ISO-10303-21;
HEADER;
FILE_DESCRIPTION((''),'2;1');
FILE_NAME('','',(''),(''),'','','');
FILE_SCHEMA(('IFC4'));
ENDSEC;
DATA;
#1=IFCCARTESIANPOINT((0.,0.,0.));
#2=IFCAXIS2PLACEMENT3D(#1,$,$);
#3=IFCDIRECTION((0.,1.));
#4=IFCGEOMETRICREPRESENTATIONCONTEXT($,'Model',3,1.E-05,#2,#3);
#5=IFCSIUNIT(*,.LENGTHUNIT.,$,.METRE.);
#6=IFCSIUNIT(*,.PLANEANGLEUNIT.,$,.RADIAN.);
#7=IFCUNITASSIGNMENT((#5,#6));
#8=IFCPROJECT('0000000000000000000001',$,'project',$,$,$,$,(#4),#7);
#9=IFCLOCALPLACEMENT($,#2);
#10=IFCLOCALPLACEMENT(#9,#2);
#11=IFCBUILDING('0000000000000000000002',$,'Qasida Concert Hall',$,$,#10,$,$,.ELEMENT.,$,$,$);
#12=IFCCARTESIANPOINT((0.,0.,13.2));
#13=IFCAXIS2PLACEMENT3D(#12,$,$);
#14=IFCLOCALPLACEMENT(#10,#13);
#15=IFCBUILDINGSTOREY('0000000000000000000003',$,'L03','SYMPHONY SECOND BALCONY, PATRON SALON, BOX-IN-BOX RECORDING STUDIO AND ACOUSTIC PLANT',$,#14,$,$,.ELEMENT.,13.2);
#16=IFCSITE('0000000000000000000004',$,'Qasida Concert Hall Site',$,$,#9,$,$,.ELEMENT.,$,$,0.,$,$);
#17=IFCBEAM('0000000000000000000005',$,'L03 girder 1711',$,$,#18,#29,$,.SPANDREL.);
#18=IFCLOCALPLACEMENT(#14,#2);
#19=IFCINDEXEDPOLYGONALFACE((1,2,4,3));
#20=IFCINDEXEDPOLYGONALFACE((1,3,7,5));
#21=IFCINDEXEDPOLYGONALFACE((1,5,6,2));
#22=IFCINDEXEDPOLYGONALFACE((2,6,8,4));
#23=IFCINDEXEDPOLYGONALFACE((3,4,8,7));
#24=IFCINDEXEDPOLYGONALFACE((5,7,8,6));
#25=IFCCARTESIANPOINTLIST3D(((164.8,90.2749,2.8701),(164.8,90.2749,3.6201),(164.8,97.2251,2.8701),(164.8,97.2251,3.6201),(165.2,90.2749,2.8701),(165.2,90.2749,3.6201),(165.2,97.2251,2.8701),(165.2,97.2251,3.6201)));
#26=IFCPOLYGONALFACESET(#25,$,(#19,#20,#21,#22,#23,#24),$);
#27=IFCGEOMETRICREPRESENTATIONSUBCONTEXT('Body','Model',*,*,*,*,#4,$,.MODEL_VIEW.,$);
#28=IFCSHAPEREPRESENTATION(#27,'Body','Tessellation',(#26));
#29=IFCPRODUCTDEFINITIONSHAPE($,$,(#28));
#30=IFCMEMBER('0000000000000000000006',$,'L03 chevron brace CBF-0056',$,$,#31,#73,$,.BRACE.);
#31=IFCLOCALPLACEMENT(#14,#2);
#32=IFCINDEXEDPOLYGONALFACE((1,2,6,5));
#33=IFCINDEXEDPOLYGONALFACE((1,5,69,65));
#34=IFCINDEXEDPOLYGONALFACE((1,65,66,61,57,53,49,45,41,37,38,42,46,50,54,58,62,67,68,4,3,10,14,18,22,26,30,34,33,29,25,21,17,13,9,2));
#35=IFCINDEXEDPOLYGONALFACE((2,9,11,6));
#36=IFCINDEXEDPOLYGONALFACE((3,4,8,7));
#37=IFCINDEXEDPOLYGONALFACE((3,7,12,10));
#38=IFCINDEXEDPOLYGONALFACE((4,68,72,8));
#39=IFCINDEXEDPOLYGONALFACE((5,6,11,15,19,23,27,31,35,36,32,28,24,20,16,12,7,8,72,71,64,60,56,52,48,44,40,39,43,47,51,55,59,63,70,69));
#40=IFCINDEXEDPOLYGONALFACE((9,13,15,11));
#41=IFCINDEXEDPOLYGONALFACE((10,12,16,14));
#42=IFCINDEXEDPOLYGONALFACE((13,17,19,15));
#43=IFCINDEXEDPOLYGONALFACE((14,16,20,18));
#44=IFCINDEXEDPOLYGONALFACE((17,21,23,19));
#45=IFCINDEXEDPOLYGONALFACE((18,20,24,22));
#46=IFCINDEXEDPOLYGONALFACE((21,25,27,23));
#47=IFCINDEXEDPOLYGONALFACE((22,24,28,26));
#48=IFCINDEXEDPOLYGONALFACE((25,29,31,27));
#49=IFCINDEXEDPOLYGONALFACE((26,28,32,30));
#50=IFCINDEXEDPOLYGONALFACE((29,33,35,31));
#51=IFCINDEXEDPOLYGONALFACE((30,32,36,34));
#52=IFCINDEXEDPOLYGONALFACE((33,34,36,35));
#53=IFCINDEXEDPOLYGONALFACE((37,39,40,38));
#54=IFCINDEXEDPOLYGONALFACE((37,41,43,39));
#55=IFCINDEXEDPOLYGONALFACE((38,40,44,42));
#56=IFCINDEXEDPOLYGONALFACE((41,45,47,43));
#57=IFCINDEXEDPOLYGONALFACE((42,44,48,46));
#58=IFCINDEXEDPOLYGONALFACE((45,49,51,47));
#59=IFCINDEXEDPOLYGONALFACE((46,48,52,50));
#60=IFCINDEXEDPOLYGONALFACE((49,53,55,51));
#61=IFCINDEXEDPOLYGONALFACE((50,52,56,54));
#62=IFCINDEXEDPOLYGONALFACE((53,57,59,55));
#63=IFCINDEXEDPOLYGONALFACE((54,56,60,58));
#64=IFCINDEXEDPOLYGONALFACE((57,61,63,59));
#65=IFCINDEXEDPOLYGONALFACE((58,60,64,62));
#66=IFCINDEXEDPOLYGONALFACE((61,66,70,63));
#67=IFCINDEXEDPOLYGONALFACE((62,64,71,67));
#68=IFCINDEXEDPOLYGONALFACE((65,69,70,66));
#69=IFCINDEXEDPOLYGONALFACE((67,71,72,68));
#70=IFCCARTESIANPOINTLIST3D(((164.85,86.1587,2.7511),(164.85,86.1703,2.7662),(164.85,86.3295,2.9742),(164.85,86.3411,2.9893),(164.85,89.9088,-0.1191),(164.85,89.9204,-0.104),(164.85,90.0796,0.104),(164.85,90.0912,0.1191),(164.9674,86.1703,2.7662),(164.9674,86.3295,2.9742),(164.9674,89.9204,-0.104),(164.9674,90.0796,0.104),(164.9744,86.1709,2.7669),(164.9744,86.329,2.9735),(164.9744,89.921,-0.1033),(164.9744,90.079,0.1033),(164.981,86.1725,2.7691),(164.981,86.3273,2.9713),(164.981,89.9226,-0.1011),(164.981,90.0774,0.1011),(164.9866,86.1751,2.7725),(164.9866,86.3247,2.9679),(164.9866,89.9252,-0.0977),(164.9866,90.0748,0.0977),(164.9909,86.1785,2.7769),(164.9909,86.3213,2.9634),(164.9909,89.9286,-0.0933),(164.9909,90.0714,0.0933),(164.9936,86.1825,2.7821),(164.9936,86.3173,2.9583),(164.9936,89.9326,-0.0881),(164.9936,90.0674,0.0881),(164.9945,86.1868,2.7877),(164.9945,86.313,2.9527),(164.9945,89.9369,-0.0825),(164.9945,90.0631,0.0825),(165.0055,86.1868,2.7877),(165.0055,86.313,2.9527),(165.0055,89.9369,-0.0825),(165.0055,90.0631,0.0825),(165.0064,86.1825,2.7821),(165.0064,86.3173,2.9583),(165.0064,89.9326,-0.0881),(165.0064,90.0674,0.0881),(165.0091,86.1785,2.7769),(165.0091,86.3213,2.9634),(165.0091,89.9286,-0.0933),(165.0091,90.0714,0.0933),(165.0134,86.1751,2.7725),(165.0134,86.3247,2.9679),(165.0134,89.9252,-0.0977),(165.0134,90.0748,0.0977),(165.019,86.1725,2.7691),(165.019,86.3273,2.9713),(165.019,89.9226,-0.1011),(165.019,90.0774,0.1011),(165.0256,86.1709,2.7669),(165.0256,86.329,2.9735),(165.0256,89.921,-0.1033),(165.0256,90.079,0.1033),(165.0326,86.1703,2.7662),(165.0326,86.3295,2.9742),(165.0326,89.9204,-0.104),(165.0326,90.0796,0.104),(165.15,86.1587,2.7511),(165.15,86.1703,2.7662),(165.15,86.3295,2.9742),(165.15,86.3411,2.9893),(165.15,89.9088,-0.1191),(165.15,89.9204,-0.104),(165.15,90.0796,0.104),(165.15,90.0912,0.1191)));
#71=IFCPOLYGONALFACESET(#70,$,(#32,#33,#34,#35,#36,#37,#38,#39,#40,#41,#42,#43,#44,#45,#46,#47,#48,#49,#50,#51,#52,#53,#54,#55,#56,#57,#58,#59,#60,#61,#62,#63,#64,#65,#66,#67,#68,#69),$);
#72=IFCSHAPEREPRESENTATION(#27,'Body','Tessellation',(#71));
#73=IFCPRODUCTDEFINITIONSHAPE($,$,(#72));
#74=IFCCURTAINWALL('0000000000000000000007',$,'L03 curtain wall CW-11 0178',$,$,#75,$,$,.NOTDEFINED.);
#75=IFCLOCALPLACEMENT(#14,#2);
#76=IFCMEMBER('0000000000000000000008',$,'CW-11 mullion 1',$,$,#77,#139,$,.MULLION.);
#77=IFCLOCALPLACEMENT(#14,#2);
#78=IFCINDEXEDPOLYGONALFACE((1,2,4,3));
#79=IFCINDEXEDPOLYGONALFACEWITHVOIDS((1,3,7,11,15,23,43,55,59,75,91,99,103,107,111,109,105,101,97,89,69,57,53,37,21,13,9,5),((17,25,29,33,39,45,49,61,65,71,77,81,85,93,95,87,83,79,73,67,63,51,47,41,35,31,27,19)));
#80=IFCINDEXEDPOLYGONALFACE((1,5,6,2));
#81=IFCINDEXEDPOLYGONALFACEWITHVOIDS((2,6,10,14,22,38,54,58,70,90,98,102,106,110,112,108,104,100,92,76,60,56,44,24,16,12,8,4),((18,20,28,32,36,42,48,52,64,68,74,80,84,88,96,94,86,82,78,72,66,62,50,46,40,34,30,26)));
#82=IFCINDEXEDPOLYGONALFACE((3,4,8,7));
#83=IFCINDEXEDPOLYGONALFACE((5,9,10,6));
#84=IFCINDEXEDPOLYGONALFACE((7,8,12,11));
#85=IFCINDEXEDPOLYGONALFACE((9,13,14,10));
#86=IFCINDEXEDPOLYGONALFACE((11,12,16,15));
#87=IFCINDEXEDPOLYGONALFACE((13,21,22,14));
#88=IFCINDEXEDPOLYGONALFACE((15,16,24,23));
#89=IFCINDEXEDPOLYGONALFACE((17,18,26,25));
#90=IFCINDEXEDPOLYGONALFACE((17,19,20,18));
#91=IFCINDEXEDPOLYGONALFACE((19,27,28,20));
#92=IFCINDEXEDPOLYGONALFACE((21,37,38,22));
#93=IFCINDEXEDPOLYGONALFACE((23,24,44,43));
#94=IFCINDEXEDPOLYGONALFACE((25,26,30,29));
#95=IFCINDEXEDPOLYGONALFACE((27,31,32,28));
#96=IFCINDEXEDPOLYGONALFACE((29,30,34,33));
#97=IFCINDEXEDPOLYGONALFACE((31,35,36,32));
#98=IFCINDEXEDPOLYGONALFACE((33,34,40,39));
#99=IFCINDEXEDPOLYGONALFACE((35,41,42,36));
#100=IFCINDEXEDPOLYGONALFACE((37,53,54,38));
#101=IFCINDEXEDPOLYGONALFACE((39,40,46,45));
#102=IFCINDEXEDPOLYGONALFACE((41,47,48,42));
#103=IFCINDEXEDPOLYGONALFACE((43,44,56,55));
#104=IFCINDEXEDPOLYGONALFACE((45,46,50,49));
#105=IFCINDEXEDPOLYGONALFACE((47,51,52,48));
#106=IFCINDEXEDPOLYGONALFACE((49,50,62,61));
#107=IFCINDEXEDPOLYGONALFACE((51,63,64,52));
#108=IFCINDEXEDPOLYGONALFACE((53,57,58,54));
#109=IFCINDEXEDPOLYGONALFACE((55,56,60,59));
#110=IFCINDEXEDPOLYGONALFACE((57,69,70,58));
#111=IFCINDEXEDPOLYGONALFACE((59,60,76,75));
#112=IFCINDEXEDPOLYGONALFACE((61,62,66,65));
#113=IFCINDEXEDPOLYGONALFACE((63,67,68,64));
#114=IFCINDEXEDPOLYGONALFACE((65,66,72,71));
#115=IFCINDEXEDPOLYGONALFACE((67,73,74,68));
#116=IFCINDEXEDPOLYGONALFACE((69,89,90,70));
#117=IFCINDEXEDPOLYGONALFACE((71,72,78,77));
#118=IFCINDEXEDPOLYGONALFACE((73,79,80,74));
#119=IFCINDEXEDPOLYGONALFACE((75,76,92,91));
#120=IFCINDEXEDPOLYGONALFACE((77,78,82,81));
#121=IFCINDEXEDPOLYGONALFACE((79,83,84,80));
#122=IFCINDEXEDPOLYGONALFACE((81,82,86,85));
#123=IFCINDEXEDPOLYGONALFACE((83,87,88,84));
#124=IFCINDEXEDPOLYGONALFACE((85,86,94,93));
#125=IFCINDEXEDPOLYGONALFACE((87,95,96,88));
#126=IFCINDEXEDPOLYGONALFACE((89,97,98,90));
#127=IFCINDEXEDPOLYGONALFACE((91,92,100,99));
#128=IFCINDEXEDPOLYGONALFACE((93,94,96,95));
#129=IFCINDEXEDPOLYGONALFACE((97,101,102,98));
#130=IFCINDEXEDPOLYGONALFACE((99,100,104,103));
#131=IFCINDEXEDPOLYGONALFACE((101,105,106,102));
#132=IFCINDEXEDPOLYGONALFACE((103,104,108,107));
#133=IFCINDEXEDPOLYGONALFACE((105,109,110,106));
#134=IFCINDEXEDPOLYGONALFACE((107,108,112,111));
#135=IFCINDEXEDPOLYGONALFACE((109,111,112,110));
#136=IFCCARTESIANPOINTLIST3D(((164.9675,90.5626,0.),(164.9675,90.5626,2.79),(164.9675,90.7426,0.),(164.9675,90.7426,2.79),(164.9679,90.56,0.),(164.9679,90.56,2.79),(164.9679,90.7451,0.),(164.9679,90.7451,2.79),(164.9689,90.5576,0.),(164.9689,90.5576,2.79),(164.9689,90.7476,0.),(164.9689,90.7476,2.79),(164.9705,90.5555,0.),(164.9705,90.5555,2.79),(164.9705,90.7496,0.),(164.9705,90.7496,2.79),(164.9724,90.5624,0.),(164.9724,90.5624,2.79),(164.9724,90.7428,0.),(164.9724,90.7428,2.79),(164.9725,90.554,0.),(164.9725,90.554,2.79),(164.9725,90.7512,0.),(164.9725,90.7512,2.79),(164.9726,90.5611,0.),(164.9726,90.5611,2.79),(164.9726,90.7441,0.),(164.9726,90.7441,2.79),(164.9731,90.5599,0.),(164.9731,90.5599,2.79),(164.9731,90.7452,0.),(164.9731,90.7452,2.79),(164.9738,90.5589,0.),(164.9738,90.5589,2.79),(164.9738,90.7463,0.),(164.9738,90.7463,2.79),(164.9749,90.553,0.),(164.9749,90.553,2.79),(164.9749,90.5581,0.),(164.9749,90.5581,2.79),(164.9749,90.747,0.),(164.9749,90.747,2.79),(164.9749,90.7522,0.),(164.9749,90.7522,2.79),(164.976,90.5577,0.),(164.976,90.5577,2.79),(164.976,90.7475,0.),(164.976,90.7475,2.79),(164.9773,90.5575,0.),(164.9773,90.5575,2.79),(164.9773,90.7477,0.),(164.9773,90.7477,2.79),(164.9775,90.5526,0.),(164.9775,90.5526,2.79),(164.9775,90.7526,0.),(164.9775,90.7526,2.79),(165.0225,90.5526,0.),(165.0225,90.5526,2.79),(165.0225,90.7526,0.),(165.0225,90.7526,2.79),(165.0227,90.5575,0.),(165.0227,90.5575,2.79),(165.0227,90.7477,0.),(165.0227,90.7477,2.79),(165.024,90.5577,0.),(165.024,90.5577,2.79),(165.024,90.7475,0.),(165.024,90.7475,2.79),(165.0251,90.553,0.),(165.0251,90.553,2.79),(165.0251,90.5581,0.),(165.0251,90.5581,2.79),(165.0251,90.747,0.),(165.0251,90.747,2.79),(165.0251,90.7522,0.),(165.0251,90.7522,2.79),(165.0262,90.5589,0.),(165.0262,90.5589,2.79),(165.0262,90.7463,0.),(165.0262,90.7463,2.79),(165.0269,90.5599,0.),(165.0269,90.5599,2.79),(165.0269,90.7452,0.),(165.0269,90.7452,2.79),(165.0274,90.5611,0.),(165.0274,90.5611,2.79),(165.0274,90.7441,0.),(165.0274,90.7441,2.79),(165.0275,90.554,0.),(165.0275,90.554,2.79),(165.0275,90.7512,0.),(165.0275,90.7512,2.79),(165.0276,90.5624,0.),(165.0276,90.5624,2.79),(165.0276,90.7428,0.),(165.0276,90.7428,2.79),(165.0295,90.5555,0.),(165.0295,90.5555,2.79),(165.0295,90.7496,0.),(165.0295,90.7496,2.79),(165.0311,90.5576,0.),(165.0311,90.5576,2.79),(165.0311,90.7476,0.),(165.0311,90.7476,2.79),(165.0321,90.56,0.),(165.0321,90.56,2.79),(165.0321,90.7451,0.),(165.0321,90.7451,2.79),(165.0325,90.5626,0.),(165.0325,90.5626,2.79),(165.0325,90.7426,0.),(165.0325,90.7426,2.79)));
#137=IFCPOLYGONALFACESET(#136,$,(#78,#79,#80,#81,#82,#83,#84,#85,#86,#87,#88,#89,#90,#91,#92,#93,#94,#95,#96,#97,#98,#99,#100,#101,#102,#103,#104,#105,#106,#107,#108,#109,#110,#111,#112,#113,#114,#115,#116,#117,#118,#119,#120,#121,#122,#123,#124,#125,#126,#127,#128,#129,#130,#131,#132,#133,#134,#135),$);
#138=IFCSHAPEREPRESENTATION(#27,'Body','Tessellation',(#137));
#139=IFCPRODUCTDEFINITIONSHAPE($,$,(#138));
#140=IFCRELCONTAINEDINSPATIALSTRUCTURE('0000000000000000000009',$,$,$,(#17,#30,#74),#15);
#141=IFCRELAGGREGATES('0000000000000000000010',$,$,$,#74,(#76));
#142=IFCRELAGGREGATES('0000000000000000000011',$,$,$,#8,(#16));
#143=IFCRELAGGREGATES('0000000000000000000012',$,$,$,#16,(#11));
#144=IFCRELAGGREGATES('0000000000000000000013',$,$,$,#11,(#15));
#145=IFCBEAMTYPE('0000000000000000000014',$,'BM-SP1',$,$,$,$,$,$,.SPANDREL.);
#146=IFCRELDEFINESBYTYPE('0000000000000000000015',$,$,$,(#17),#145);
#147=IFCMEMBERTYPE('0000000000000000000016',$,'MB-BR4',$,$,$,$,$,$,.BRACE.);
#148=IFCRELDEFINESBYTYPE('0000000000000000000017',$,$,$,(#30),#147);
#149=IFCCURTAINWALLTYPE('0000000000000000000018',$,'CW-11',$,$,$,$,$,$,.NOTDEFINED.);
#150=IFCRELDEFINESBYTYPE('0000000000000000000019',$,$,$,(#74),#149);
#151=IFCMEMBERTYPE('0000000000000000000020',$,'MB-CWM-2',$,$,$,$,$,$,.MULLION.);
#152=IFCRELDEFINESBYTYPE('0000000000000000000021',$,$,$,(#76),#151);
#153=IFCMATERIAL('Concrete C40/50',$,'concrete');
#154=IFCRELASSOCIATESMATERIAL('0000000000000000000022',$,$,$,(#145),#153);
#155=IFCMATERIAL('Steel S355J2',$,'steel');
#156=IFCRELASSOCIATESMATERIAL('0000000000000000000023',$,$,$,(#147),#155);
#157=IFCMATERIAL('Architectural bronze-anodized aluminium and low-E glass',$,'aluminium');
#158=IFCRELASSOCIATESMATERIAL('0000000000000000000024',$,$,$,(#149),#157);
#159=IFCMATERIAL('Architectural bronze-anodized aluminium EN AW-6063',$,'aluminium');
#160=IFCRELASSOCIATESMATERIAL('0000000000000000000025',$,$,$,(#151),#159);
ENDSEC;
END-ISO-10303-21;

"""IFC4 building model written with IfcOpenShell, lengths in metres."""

from ifc_helpers import new_model, si_unit, direction, frame, origin, origin_2d, place, context, subcontext, project, spatial, rectangle, hollow_rectangle, i_section, extrude, material, material_profile, profile_set, type_object, element, aggregate, save


model = new_model("IFC4")

# Units and contexts
model_context = context("Model", 3, precision=1e-05, world=origin(), true_north=direction((0.0, 1.0)))
body_context = subcontext(model_context, "Body", "Model", "MODEL_VIEW")
ifc_project = project(units=[si_unit("LENGTHUNIT", "METRE"), si_unit("PLANEANGLEUNIT", "RADIAN")], contexts=[model_context])

# Site, building, storey
site_placement = place(None, origin())
site = spatial("IfcSite", under=ifc_project, at=site_placement, Name="Qasida Concert Hall Site", CompositionType="ELEMENT", RefElevation=0.0)
building_placement = place(site_placement, origin())
building = spatial("IfcBuilding", under=site, at=building_placement, Name="Qasida Concert Hall", CompositionType="ELEMENT")
storey_placement = place(building_placement, frame((0.0, 0.0, 13.2)))
storey = spatial("IfcBuildingStorey", under=building, at=storey_placement, Name="L03", Description="SYMPHONY SECOND BALCONY, PATRON SALON, BOX-IN-BOX RECORDING STUDIO AND ACOUSTIC PLANT", CompositionType="ELEMENT", Elevation=13.2)

# Beam
ifc_material_1 = material(Name="Steel S355J2", Category="steel")
ifc_material_2 = material(Name="Concrete C40/50", Category="concrete")
ifc_material_profile_1 = material_profile(ifc_material_2, rectangle(XDim=0.3999, YDim=0.75, at=origin_2d()), Name="RC 400x750")
ifc_profile_set_1 = profile_set([ifc_material_profile_1], Name="Concrete C40/50")
beam_type_1 = type_object("IfcBeamType", Name="BM-SP1", PredefinedType="SPANDREL", material=ifc_profile_set_1)
beam_1_placement = place(storey_placement, frame((165.0, 90.2749, 3.2451), z_axis=(0.0, 1.0, 0.0), x_axis=(-1.0, 0.0, 0.0)))
element("IfcBeam", 1, at=beam_1_placement, inside=storey, type_object=beam_type_1, Name="L03 girder 1711", PredefinedType="SPANDREL", context=body_context, shape_type="SweptSolid", body=[
    extrude(rectangle(XDim=0.3999, YDim=0.75, at=origin_2d()), origin(), (0.0, 0.0, 1.0), 6.9502),
])

# Member
ifc_material_profile_2 = material_profile(ifc_material_1, i_section(OverallWidth=0.3, OverallDepth=0.3, WebThickness=0.011, FlangeThickness=0.019, FilletRadius=0.0271, at=origin_2d()), Name="HEB 300")
ifc_profile_set_2 = profile_set([ifc_material_profile_2], Name="Steel S355J2")
member_type_1 = type_object("IfcMemberType", Name="MB-BR4", PredefinedType="BRACE", material=ifc_profile_set_2)
member_1_placement = place(storey_placement, frame((165.0, 90.0, 0.0), z_axis=(0.0, -0.794105, 0.60778), x_axis=(1.0, 0.0, 0.0)))
element("IfcMember", 2, at=member_1_placement, inside=storey, type_object=member_type_1, Name="L03 chevron brace CBF-0056", PredefinedType="BRACE", context=body_context, shape_type="SweptSolid", body=[
    extrude(i_section(OverallWidth=0.3, OverallDepth=0.3, WebThickness=0.011, FlangeThickness=0.019, FilletRadius=0.0271, at=origin_2d()), origin(), (0.0, 0.0, 1.0), 4.7224),
])

# Curtain wall, member
ifc_material_3 = material(Name="Architectural bronze-anodized aluminium and low-E glass", Category="aluminium")
curtain_wall_type = type_object("IfcCurtainWallType", Name="CW-11", PredefinedType="NOTDEFINED", material=ifc_material_3)
curtain_wall_placement = place(storey_placement, origin())
curtain_wall = element("IfcCurtainWall", 3, at=curtain_wall_placement, inside=storey, type_object=curtain_wall_type, Name="L03 curtain wall CW-11 0178", PredefinedType="NOTDEFINED")
ifc_material_4 = material(Name="Architectural bronze-anodized aluminium EN AW-6063", Category="aluminium")
ifc_material_profile_3 = material_profile(ifc_material_4, hollow_rectangle(XDim=0.0649, YDim=0.2, WallThickness=0.0049, InnerFilletRadius=0.0049, OuterFilletRadius=0.01, at=origin_2d()), Name="CWM 200x65x5")
ifc_profile_set_3 = profile_set([ifc_material_profile_3], Name="Architectural bronze-anodized aluminium EN AW-6063")
member_type_2 = type_object("IfcMemberType", Name="MB-CWM-2", PredefinedType="MULLION", material=ifc_profile_set_3)
member_2_placement = place(storey_placement, frame((165.0, 90.6526, 0.0), z_axis=(0.0, 0.0, 1.0), x_axis=(-1.0, 0.0, 0.0)))
member_2 = element("IfcMember", 4, at=member_2_placement, type_object=member_type_2, Name="CW-11 mullion 1", PredefinedType="MULLION", context=body_context, shape_type="SweptSolid", body=[
    extrude(hollow_rectangle(XDim=0.0649, YDim=0.2, WallThickness=0.0049, InnerFilletRadius=0.0049, OuterFilletRadius=0.01, at=origin_2d()), origin(), (0.0, 0.0, 1.0), 2.79),
])
aggregate(curtain_wall, [member_2])

save(model, "model.ifc")
